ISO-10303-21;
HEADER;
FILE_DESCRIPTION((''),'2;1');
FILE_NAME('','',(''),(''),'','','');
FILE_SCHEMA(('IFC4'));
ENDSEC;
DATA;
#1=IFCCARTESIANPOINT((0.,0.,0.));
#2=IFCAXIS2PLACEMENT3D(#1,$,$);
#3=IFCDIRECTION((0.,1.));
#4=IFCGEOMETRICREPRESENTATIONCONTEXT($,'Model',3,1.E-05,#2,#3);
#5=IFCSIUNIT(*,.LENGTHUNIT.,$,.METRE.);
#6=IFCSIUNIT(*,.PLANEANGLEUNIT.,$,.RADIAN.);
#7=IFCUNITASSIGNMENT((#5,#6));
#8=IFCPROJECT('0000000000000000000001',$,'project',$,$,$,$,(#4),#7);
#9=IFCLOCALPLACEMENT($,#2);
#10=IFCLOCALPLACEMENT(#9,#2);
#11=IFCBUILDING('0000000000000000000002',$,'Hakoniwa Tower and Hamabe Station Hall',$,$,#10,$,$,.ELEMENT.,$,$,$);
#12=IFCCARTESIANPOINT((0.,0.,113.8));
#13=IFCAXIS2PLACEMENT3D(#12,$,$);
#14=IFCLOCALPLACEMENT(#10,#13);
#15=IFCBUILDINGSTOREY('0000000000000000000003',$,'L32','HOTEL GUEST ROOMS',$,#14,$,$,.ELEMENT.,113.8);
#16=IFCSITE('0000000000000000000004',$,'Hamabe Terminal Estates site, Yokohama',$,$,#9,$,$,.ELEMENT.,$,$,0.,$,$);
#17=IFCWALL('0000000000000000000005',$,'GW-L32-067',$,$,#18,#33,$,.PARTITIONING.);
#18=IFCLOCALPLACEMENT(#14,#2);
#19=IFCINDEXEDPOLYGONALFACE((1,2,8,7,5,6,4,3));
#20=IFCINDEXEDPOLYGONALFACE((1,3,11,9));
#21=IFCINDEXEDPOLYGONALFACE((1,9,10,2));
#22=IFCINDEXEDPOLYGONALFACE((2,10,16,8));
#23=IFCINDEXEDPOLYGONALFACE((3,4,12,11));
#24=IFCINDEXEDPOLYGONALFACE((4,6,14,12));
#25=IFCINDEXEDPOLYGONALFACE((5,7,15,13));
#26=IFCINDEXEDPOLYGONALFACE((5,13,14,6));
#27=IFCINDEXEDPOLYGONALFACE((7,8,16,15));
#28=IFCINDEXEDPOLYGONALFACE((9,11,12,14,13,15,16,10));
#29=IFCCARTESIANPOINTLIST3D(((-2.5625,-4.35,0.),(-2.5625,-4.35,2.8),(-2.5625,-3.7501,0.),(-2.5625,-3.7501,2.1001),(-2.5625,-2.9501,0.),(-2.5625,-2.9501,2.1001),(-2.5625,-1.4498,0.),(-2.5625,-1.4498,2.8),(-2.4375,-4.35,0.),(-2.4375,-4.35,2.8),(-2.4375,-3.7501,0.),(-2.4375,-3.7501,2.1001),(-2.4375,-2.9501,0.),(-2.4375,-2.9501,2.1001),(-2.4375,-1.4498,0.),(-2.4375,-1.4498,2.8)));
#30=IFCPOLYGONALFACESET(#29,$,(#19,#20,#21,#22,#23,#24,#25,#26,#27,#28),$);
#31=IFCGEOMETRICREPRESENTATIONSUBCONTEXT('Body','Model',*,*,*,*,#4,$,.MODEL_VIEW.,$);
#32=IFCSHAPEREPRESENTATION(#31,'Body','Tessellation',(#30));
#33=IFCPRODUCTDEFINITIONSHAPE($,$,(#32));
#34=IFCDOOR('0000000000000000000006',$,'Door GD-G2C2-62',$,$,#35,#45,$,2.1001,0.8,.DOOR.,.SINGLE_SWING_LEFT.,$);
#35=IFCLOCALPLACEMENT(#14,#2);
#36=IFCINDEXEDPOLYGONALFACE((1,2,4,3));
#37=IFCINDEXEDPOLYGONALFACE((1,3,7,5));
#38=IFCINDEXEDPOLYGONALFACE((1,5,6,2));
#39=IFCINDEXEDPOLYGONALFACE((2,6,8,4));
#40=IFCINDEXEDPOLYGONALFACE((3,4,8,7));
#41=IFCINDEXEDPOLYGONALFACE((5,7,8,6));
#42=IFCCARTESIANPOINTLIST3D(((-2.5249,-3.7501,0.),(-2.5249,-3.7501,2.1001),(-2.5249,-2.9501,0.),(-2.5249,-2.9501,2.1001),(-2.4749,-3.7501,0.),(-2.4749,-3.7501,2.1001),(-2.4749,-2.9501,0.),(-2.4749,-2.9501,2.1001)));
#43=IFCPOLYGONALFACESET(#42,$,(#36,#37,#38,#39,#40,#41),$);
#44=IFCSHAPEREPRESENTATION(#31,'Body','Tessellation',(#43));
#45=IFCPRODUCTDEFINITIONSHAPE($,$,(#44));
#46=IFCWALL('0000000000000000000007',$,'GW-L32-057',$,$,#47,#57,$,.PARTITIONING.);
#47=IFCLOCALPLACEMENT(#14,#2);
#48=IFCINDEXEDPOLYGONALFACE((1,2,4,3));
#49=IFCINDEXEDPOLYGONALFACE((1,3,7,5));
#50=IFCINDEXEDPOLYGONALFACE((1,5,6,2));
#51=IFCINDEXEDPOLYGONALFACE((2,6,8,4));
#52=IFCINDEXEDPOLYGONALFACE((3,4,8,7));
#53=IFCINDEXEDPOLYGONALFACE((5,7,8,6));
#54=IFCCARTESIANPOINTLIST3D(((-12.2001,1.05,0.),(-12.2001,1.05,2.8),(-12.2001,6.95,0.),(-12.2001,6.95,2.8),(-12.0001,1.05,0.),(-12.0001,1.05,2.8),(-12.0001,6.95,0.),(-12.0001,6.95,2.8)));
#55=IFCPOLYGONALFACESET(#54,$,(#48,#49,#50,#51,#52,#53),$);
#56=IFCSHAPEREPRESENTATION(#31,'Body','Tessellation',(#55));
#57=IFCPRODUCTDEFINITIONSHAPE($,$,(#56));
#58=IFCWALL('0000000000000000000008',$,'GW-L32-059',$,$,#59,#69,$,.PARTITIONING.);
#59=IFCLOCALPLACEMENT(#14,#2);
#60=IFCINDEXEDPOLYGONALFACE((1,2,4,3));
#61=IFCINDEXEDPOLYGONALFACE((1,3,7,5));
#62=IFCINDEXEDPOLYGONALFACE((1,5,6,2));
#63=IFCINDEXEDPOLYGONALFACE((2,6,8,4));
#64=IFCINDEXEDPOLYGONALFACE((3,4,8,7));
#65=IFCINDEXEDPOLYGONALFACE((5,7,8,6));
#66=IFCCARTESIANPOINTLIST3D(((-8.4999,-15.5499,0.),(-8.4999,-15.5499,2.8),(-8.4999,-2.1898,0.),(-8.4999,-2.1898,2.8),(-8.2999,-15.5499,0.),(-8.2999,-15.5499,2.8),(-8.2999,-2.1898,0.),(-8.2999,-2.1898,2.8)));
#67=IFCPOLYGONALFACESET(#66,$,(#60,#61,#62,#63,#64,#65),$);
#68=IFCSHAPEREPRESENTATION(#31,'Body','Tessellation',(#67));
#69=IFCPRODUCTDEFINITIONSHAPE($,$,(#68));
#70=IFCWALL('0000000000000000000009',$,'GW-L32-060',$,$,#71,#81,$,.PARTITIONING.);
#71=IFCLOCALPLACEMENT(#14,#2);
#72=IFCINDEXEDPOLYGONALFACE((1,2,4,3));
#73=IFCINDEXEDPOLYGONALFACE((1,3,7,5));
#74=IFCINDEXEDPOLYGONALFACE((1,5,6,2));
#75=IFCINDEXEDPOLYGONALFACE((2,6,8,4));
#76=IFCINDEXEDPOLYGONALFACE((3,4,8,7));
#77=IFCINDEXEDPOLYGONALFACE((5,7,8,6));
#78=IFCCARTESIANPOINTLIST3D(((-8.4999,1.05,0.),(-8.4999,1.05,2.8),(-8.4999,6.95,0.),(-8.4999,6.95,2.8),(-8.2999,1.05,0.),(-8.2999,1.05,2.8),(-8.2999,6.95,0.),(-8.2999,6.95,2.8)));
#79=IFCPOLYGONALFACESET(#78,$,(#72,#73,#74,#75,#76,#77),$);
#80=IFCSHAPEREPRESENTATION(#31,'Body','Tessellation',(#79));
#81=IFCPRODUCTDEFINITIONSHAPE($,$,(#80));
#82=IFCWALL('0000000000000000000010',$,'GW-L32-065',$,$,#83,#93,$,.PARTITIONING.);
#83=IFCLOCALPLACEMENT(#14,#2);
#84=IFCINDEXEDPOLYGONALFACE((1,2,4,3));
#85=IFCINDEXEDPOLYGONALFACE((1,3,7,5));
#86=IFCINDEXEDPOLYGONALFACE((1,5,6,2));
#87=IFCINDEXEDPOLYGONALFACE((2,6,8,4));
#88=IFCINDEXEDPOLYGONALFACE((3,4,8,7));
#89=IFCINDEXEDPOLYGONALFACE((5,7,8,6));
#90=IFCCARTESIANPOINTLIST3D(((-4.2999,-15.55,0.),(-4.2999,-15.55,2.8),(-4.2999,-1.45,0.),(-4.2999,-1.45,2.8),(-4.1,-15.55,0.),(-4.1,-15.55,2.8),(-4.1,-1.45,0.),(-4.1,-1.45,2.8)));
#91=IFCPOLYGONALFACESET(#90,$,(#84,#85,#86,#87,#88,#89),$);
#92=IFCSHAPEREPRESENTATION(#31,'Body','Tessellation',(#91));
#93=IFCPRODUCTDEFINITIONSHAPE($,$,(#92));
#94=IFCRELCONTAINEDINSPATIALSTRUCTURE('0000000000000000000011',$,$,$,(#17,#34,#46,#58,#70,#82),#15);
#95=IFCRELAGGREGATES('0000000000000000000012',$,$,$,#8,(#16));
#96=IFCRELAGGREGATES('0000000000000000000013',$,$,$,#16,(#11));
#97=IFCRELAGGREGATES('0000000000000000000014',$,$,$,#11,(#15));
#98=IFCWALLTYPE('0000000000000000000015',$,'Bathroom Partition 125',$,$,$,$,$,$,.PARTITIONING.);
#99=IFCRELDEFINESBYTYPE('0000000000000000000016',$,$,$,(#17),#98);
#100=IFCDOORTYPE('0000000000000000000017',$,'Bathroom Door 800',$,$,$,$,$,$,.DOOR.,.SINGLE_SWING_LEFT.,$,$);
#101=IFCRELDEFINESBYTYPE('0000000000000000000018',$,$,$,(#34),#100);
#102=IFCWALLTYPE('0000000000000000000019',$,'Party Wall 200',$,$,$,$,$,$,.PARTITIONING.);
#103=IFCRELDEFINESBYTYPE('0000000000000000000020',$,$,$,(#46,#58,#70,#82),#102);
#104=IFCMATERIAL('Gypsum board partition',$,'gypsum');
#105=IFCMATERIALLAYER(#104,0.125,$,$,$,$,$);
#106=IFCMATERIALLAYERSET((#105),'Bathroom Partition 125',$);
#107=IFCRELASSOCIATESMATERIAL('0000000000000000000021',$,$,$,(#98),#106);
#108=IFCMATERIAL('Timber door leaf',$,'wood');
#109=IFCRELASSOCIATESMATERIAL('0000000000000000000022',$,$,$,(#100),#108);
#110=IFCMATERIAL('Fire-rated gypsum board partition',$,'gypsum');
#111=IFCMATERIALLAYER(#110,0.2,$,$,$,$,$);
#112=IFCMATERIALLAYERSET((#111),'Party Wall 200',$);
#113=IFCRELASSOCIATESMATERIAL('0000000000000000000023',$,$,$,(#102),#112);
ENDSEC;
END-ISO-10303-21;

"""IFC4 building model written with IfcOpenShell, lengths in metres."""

from ifc_helpers import new_model, si_unit, direction, frame, frame_2d, origin, place, context, subcontext, project, spatial, rectangle, extrude, material, layer, layer_set, type_object, element, fill, save


model = new_model("IFC4")

# Units and contexts
model_context = context("Model", 3, precision=1e-05, world=origin(), true_north=direction((0.0, 1.0)))
body_context = subcontext(model_context, "Body", "Model", "MODEL_VIEW")
ifc_project = project(units=[si_unit("LENGTHUNIT", "METRE"), si_unit("PLANEANGLEUNIT", "RADIAN")], contexts=[model_context])

# Site, building, storey
site_placement = place(None, origin())
site = spatial("IfcSite", under=ifc_project, at=site_placement, Name="Hamabe Terminal Estates site, Yokohama", CompositionType="ELEMENT", RefElevation=0.0)
building_placement = place(site_placement, origin())
building = spatial("IfcBuilding", under=site, at=building_placement, Name="Hakoniwa Tower and Hamabe Station Hall", CompositionType="ELEMENT")
storey_placement = place(building_placement, frame((0.0, 0.0, 113.8)))
storey = spatial("IfcBuildingStorey", under=building, at=storey_placement, Name="L32", Description="HOTEL GUEST ROOMS", CompositionType="ELEMENT", Elevation=113.8)

# Shared definitions
ifc_material_1 = material(Name="Gypsum board partition", Category="gypsum")
ifc_layer_1 = layer(ifc_material_1, 0.125)
ifc_layer_set_1 = layer_set([ifc_layer_1], Name="Bathroom Partition 125")
wall_type_1 = type_object("IfcWallType", Name="Bathroom Partition 125", PredefinedType="PARTITIONING", material=ifc_layer_set_1)

# Wall, opening, door
ifc_material_2 = material(Name="Timber door leaf", Category="wood")
door_type = type_object("IfcDoorType", Name="Bathroom Door 800", OperationType="SINGLE_SWING_LEFT", PredefinedType="DOOR", material=ifc_material_2)
wall_1_placement = place(storey_placement, frame((-2.5, -4.3501, 0.0), z_axis=(0.0, 0.0, 1.0), x_axis=(0.0, 1.0, 0.0)))
wall_1 = element("IfcWall", 1, at=wall_1_placement, inside=storey, type_object=wall_type_1, Name="GW-L32-067", PredefinedType="PARTITIONING", context=body_context, shape_type="SweptSolid", body=[
    extrude(rectangle(XDim=2.9001, YDim=0.125, at=frame_2d((1.4502, 0.0))), origin(), (0.0, 0.0, 1.0), 2.8),
])
opening_1_placement = place(wall_1_placement, frame((0.6001, 0.0, 0.0)))
opening_1 = element("IfcOpeningElement", 2, at=opening_1_placement, cuts=wall_1, PredefinedType="OPENING", context=body_context, shape_type="SweptSolid", body=[
    extrude(rectangle(XDim=0.8, YDim=2.1001, at=frame_2d((0.3999, 1.05))), frame((0.0, 0.0725, 0.0), z_axis=(0.0, -1.0, 0.0), x_axis=(1.0, 0.0, 0.0)), (0.0, 0.0, 1.0), 0.145),
])
door_1_placement = place(opening_1_placement, origin())
door_1 = element("IfcDoor", 3, at=door_1_placement, inside=storey, type_object=door_type, Name="Door GD-G2C2-62", OperationType="SINGLE_SWING_LEFT", OverallHeight=2.1001, OverallWidth=0.8, PredefinedType="DOOR", context=body_context, shape_type="SweptSolid", body=[
    extrude(rectangle(XDim=0.8, YDim=2.1001, at=frame_2d((0.3999, 1.05))), frame((0.0, 0.0249, 0.0), z_axis=(0.0, -1.0, 0.0), x_axis=(1.0, 0.0, 0.0)), (0.0, 0.0, 1.0), 0.05),
])
fill(opening_1, door_1)

# Walls
ifc_material_3 = material(Name="Fire-rated gypsum board partition", Category="gypsum")
ifc_layer_2 = layer(ifc_material_3, 0.2)
ifc_layer_set_2 = layer_set([ifc_layer_2], Name="Party Wall 200")
wall_type_2 = type_object("IfcWallType", Name="Party Wall 200", PredefinedType="PARTITIONING", material=ifc_layer_set_2)
wall_2_placement = place(storey_placement, frame((-12.1001, 1.05, 0.0), z_axis=(0.0, 0.0, 1.0), x_axis=(0.0, 1.0, 0.0)))
element("IfcWall", 4, at=wall_2_placement, inside=storey, type_object=wall_type_2, Name="GW-L32-057", PredefinedType="PARTITIONING", context=body_context, shape_type="SweptSolid", body=[
    extrude(rectangle(XDim=5.8999, YDim=0.2, at=frame_2d((2.95, 0.0))), origin(), (0.0, 0.0, 1.0), 2.8),
])
wall_3_placement = place(storey_placement, frame((-8.3999, -15.55, 0.0), z_axis=(0.0, 0.0, 1.0), x_axis=(0.0, 1.0, 0.0)))
element("IfcWall", 5, at=wall_3_placement, inside=storey, type_object=wall_type_2, Name="GW-L32-059", PredefinedType="PARTITIONING", context=body_context, shape_type="SweptSolid", body=[
    extrude(rectangle(XDim=13.3601, YDim=0.2, at=frame_2d((6.6802, 0.0))), origin(), (0.0, 0.0, 1.0), 2.8),
])
wall_4_placement = place(storey_placement, frame((-8.3999, 1.05, 0.0), z_axis=(0.0, 0.0, 1.0), x_axis=(0.0, 1.0, 0.0)))
element("IfcWall", 6, at=wall_4_placement, inside=storey, type_object=wall_type_2, Name="GW-L32-060", PredefinedType="PARTITIONING", context=body_context, shape_type="SweptSolid", body=[
    extrude(rectangle(XDim=5.8999, YDim=0.2, at=frame_2d((2.95, 0.0))), origin(), (0.0, 0.0, 1.0), 2.8),
])
wall_5_placement = place(storey_placement, frame((-4.2, -15.55, 0.0), z_axis=(0.0, 0.0, 1.0), x_axis=(0.0, 1.0, 0.0)))
element("IfcWall", 7, at=wall_5_placement, inside=storey, type_object=wall_type_2, Name="GW-L32-065", PredefinedType="PARTITIONING", context=body_context, shape_type="SweptSolid", body=[
    extrude(rectangle(XDim=14.1001, YDim=0.2, at=frame_2d((7.05, 0.0))), origin(), (0.0, 0.0, 1.0), 2.8),
])

save(model, "model.ifc")
